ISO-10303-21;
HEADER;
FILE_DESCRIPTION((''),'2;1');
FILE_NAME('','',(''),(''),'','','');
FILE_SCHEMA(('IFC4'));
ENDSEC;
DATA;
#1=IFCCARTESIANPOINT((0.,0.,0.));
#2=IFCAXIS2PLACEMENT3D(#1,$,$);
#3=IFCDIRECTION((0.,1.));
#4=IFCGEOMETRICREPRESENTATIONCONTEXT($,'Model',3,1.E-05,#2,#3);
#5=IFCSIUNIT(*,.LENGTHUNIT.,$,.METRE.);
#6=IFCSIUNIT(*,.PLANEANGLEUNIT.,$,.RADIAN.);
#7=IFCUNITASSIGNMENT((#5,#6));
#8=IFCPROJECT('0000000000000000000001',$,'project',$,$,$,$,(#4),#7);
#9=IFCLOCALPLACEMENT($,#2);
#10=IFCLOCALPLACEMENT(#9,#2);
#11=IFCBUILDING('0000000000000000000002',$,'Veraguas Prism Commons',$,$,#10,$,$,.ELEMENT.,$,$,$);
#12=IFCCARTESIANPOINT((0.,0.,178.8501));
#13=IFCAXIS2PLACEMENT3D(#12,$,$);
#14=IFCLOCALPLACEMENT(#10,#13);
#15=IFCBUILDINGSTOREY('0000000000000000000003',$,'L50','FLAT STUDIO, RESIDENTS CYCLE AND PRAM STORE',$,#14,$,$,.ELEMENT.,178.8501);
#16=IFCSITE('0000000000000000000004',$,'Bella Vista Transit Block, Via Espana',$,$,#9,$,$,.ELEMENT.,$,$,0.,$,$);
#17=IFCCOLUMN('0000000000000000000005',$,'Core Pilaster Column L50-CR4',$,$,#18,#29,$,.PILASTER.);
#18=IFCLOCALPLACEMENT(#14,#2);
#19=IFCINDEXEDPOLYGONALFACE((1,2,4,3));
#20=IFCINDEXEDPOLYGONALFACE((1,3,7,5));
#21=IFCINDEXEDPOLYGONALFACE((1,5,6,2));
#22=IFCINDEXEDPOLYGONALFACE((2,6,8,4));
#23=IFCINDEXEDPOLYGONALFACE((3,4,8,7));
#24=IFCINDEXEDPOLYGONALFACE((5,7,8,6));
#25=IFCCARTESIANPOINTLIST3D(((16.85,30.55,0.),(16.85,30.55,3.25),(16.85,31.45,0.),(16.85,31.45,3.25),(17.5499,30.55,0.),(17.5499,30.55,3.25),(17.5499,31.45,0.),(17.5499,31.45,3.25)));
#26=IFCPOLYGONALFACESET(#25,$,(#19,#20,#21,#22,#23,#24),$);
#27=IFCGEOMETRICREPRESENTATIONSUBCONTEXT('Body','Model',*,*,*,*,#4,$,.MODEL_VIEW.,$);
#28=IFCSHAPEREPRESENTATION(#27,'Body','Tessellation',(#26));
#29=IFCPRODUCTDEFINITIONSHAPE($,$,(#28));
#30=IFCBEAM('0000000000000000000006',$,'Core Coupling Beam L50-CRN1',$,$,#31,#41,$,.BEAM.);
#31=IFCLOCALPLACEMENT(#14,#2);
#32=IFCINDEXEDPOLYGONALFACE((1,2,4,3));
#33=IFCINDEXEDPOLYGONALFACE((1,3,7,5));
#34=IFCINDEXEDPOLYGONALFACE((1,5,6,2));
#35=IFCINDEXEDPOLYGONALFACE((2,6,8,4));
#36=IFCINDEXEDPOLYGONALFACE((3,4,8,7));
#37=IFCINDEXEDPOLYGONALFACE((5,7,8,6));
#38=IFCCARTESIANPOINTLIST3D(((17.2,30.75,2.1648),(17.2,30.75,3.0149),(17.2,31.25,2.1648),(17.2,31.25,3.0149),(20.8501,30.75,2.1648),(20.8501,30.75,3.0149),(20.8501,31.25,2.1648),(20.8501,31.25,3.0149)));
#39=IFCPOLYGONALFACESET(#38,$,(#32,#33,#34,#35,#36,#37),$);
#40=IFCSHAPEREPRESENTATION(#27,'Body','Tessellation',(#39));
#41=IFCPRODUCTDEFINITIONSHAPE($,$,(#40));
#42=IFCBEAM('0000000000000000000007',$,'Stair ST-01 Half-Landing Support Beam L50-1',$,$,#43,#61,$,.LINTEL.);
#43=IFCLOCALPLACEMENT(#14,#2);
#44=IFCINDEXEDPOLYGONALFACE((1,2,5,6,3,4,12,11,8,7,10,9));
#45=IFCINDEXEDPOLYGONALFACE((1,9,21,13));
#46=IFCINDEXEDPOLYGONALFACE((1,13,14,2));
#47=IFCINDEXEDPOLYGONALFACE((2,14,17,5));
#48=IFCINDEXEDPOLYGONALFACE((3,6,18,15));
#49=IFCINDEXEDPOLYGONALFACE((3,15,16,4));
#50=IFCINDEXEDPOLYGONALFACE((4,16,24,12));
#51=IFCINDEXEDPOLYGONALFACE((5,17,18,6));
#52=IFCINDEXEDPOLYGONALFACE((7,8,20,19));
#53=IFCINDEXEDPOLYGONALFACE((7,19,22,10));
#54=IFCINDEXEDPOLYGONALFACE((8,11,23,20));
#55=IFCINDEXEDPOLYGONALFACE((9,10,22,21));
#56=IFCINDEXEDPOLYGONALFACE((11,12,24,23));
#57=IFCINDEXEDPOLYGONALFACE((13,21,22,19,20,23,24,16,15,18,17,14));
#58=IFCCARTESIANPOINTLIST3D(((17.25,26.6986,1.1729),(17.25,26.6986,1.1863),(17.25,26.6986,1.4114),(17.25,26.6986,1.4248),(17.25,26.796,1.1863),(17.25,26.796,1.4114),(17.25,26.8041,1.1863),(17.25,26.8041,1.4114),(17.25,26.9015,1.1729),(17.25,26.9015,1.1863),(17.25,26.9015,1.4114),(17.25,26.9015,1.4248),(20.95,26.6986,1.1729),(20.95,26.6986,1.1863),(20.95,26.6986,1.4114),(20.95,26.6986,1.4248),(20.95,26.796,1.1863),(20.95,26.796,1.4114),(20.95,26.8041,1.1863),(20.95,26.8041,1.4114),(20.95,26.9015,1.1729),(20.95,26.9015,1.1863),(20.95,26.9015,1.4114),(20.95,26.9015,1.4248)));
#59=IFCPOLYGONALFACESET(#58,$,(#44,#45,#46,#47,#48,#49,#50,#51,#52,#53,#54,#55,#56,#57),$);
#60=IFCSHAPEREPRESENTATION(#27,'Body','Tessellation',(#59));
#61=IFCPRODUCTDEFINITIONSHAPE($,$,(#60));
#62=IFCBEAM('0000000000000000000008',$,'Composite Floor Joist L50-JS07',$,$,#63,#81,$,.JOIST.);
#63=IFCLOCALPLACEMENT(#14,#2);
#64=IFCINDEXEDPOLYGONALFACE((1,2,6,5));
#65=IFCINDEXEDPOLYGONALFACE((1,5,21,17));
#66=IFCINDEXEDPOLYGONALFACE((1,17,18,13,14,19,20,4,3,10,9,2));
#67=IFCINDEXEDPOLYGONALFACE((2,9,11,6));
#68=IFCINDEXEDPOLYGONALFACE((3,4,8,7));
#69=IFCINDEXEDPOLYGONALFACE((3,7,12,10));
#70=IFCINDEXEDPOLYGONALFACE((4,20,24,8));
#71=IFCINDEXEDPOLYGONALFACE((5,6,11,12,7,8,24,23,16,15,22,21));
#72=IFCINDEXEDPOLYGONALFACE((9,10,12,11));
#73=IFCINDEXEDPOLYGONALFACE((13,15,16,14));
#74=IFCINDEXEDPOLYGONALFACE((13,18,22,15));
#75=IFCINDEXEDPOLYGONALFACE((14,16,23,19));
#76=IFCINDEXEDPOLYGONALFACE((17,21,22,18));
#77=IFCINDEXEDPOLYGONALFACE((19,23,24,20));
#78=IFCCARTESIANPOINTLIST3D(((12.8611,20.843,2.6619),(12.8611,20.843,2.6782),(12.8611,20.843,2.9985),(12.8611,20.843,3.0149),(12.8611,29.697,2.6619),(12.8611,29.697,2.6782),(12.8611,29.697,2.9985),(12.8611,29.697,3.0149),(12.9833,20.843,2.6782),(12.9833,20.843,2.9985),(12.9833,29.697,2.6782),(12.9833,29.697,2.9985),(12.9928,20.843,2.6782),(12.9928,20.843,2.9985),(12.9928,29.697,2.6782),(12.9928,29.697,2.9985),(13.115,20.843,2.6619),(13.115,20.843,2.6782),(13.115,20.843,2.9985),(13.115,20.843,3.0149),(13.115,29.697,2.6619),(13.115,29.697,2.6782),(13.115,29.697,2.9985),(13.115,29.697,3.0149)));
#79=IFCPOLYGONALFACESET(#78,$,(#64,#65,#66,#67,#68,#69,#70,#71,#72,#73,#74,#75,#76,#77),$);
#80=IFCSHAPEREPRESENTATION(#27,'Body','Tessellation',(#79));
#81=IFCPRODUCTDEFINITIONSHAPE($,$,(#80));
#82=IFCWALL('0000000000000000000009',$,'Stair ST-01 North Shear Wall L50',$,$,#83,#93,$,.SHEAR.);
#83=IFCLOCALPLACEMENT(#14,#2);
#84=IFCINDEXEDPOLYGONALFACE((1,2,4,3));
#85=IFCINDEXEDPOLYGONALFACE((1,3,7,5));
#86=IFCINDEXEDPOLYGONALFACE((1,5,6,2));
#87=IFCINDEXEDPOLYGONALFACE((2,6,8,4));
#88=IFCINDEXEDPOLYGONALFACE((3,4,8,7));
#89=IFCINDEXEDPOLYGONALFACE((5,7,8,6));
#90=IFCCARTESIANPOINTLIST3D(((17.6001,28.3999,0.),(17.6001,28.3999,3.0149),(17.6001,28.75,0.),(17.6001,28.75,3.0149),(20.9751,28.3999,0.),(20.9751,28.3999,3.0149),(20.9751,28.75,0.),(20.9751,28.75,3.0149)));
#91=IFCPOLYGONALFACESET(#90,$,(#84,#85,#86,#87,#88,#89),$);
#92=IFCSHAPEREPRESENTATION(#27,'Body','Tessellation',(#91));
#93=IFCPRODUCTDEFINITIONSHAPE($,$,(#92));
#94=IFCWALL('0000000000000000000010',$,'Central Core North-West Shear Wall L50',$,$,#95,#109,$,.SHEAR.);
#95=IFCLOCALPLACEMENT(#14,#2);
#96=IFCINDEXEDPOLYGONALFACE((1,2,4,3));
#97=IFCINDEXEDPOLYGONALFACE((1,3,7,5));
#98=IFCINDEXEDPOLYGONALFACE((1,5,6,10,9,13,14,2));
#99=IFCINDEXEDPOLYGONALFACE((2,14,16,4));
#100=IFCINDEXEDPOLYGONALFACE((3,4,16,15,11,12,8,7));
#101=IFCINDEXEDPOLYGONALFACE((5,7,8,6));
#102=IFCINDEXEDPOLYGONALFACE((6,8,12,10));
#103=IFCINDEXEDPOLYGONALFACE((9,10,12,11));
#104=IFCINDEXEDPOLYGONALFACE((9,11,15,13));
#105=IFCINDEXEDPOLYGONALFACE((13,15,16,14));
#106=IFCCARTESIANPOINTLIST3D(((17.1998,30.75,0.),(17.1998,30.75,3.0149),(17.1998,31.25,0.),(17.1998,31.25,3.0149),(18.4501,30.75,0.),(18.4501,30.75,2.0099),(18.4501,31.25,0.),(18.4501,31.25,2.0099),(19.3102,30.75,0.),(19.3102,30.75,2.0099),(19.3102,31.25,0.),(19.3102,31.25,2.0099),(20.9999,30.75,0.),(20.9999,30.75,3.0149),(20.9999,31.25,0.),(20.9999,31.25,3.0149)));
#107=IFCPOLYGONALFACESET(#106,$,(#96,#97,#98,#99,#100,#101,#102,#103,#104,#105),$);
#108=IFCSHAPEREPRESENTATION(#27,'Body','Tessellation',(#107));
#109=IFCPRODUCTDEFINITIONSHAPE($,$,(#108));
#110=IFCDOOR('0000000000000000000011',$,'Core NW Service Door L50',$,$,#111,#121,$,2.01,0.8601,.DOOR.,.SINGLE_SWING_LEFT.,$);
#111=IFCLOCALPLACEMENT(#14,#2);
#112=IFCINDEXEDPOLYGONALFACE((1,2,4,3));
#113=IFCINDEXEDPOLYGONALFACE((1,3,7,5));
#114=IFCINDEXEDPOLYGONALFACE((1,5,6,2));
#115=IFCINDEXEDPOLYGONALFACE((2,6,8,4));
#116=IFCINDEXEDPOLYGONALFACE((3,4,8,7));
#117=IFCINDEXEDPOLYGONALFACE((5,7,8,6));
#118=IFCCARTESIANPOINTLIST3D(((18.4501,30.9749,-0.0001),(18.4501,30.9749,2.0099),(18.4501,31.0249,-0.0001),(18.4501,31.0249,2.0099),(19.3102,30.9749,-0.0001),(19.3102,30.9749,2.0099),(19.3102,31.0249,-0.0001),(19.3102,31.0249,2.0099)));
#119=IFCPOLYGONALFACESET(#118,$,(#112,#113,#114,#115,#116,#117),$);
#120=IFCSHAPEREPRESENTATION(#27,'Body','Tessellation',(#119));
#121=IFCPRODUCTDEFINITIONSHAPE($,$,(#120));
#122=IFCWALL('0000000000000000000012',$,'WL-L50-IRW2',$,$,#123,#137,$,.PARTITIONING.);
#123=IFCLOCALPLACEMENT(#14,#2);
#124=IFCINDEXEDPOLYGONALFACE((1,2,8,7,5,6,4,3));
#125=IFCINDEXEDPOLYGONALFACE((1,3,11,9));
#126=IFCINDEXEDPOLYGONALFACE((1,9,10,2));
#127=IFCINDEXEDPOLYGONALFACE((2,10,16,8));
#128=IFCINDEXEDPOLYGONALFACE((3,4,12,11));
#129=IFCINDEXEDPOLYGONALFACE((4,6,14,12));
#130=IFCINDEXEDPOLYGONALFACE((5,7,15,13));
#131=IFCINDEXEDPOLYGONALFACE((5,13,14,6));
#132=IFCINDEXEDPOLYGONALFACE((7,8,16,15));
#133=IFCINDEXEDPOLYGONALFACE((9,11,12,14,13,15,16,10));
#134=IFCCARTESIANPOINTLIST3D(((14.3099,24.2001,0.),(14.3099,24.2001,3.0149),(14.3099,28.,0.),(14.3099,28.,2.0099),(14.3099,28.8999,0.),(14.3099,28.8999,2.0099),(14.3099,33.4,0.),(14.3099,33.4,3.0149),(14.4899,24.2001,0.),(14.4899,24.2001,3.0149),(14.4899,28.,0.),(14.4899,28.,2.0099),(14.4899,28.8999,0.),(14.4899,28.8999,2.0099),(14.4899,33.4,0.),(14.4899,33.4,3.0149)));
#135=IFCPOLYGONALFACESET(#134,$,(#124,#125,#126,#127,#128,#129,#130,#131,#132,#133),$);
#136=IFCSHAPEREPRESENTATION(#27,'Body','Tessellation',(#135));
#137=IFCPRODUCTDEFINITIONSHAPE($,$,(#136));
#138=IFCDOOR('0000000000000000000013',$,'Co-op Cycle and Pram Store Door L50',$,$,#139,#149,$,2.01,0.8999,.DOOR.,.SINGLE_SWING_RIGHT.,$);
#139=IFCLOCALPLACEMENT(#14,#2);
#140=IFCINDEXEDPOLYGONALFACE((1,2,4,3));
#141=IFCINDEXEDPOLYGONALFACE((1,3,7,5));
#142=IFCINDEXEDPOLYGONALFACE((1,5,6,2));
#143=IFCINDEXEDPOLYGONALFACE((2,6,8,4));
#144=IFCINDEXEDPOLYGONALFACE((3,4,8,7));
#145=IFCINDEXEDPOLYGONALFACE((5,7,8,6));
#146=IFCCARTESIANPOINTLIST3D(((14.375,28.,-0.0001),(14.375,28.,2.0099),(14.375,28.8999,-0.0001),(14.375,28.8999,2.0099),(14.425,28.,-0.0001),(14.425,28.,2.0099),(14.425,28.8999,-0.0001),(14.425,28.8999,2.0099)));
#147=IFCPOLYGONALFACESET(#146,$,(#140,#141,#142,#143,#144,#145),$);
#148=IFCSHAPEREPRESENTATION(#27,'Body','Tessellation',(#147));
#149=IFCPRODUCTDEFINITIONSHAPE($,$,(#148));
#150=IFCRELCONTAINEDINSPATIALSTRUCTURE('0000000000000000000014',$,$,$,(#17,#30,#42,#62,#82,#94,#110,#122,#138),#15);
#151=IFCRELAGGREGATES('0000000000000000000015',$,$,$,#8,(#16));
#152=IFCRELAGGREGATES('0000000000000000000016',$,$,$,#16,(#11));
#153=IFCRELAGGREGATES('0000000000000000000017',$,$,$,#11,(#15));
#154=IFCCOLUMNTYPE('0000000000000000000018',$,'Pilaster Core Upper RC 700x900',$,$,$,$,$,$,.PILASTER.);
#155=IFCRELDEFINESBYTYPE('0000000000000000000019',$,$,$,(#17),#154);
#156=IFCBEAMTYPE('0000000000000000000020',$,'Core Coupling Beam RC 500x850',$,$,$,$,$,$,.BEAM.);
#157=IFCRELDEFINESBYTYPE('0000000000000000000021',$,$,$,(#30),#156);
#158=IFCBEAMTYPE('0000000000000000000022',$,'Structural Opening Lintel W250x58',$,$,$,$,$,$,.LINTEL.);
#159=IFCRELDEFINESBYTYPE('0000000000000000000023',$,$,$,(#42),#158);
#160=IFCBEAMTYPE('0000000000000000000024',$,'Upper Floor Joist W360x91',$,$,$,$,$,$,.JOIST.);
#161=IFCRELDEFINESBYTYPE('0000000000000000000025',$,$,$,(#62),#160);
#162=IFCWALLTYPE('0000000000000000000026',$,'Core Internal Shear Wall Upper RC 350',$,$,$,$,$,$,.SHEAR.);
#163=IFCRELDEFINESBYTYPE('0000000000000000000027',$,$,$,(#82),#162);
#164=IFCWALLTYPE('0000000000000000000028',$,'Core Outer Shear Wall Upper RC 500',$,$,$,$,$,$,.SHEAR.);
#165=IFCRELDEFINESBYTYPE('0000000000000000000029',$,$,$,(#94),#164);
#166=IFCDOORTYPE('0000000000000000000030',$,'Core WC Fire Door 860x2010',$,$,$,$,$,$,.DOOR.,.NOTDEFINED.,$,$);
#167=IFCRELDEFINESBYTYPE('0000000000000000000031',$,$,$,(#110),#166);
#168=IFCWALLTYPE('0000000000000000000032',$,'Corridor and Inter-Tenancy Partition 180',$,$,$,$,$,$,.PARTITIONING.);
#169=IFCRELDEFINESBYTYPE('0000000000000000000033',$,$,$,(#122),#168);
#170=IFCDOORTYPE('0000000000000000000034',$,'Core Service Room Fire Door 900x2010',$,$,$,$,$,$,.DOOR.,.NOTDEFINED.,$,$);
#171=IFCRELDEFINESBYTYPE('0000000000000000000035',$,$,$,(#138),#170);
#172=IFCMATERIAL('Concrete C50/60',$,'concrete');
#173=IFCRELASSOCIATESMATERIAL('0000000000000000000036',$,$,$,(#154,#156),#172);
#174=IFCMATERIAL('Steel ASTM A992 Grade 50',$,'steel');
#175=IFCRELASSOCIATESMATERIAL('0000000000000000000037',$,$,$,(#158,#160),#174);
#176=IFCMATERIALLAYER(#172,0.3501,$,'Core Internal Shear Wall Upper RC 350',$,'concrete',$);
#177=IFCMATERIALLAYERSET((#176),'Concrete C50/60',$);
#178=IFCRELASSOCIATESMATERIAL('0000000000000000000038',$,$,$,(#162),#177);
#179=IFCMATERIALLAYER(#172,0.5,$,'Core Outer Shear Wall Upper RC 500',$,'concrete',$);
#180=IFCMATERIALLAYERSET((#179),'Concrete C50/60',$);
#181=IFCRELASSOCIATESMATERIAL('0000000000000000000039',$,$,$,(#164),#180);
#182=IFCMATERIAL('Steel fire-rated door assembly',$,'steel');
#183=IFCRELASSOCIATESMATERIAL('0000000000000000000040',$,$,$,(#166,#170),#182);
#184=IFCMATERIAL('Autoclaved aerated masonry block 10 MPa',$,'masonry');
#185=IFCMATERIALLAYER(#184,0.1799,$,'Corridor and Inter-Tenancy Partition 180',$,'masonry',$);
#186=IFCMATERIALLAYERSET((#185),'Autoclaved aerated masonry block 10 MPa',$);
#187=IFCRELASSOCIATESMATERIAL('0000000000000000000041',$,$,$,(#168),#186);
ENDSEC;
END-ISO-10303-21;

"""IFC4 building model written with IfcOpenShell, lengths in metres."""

from ifc_helpers import new_model, si_unit, direction, frame, frame_2d, origin, origin_2d, place, context, subcontext, project, spatial, rectangle, i_section, extrude, source, transform, mapped, material, layer, layer_set, material_profile, profile_set, type_object, element, fill, save


model = new_model("IFC4")

# Units and contexts
model_context = context("Model", 3, precision=1e-05, world=origin(), true_north=direction((0.0, 1.0)))
body_context = subcontext(model_context, "Body", "Model", "MODEL_VIEW")
ifc_project = project(units=[si_unit("LENGTHUNIT", "METRE"), si_unit("PLANEANGLEUNIT", "RADIAN")], contexts=[model_context])

# Site, building, storey
site_placement = place(None, origin())
site = spatial("IfcSite", under=ifc_project, at=site_placement, Name="Bella Vista Transit Block, Via Espana", CompositionType="ELEMENT", RefElevation=0.0)
building_placement = place(site_placement, origin())
building = spatial("IfcBuilding", under=site, at=building_placement, Name="Veraguas Prism Commons", CompositionType="ELEMENT")
storey_placement = place(building_placement, frame((0.0, 0.0, 178.8501)))
storey = spatial("IfcBuildingStorey", under=building, at=storey_placement, Name="L50", Description="FLAT STUDIO, RESIDENTS CYCLE AND PRAM STORE", CompositionType="ELEMENT", Elevation=178.8501)

# Column
ifc_material_1 = material(Name="Concrete C50/60", Category="concrete")
ifc_material_profile_1 = material_profile(ifc_material_1, rectangle(XDim=0.7, YDim=0.8999, at=origin_2d()), Name="RC700X900")
ifc_profile_set_1 = profile_set([ifc_material_profile_1], Name="Concrete C50/60")
column_type = type_object("IfcColumnType", Name="Pilaster Core Upper RC 700x900", PredefinedType="PILASTER", material=ifc_profile_set_1)
column_placement = place(storey_placement, frame((17.2, 31.0, 0.0), z_axis=(0.0, 0.0, 1.0), x_axis=(1.0, 0.0, 0.0)))
element("IfcColumn", 1, at=column_placement, inside=storey, type_object=column_type, Name="Core Pilaster Column L50-CR4", PredefinedType="PILASTER", context=body_context, shape_type="SweptSolid", body=[
    extrude(rectangle(XDim=0.7, YDim=0.8999, at=origin_2d()), origin(), (0.0, 0.0, 1.0), 3.25),
])

# Beams
ifc_material_profile_2 = material_profile(ifc_material_1, rectangle(XDim=0.5, YDim=0.8501, at=origin_2d()), Name="RC500X850")
ifc_profile_set_2 = profile_set([ifc_material_profile_2], Name="Concrete C50/60")
beam_type_1 = type_object("IfcBeamType", Name="Core Coupling Beam RC 500x850", PredefinedType="BEAM", material=ifc_profile_set_2)
beam_1_placement = place(storey_placement, frame((17.2, 31.0, 2.5898), z_axis=(1.0, 0.0, 0.0), x_axis=(0.0, 1.0, 0.0)))
element("IfcBeam", 2, at=beam_1_placement, inside=storey, type_object=beam_type_1, Name="Core Coupling Beam L50-CRN1", PredefinedType="BEAM", context=body_context, shape_type="SweptSolid", body=[
    extrude(rectangle(XDim=0.5, YDim=0.8501, at=origin_2d()), origin(), (0.0, 0.0, 1.0), 3.6501),
])
ifc_material_2 = material(Name="Steel ASTM A992 Grade 50", Category="steel")
ifc_material_profile_3 = material_profile(ifc_material_2, i_section(OverallWidth=0.2029, OverallDepth=0.252, WebThickness=0.0081, FlangeThickness=0.0134, at=origin_2d()), Name="W250X58")
ifc_profile_set_3 = profile_set([ifc_material_profile_3], Name="Steel ASTM A992 Grade 50")
beam_type_2 = type_object("IfcBeamType", Name="Structural Opening Lintel W250x58", PredefinedType="LINTEL", material=ifc_profile_set_3)
beam_2_placement = place(storey_placement, frame((17.25, 26.8, 1.2988), z_axis=(1.0, 0.0, 0.0), x_axis=(0.0, 1.0, 0.0)))
element("IfcBeam", 3, at=beam_2_placement, inside=storey, type_object=beam_type_2, Name="Stair ST-01 Half-Landing Support Beam L50-1", PredefinedType="LINTEL", context=body_context, shape_type="SweptSolid", body=[
    extrude(i_section(OverallWidth=0.2029, OverallDepth=0.252, WebThickness=0.0081, FlangeThickness=0.0134, at=origin_2d()), origin(), (0.0, 0.0, 1.0), 3.7),
])
ifc_material_profile_4 = material_profile(ifc_material_2, i_section(OverallWidth=0.2539, OverallDepth=0.353, WebThickness=0.0095, FlangeThickness=0.0164, at=origin_2d()), Name="W360X91")
ifc_profile_set_4 = profile_set([ifc_material_profile_4], Name="Steel ASTM A992 Grade 50")
beam_type_3 = type_object("IfcBeamType", Name="Upper Floor Joist W360x91", PredefinedType="JOIST", material=ifc_profile_set_4)
beam_3_placement = place(storey_placement, frame((12.988, 29.697, 2.8384), z_axis=(0.0, -1.0, 0.0), x_axis=(1.0, 0.0, 0.0)))
element("IfcBeam", 4, at=beam_3_placement, inside=storey, type_object=beam_type_3, Name="Composite Floor Joist L50-JS07", PredefinedType="JOIST", context=body_context, shape_type="SweptSolid", body=[
    extrude(i_section(OverallWidth=0.2539, OverallDepth=0.353, WebThickness=0.0095, FlangeThickness=0.0164, at=origin_2d()), origin(), (0.0, 0.0, 1.0), 8.854),
])

# Wall
ifc_layer_1 = layer(ifc_material_1, 0.3501, Name="Core Internal Shear Wall Upper RC 350", Category="concrete")
ifc_layer_set_1 = layer_set([ifc_layer_1], Name="Concrete C50/60")
wall_type_1 = type_object("IfcWallType", Name="Core Internal Shear Wall Upper RC 350", PredefinedType="SHEAR", material=ifc_layer_set_1)
wall_1_placement = place(storey_placement, frame((17.6001, 28.575, 0.0), z_axis=(0.0, 0.0, 1.0), x_axis=(1.0, 0.0, 0.0)))
element("IfcWall", 5, at=wall_1_placement, inside=storey, type_object=wall_type_1, Name="Stair ST-01 North Shear Wall L50", PredefinedType="SHEAR", context=body_context, shape_type="SweptSolid", body=[
    extrude(rectangle(XDim=3.375, YDim=0.3501, at=frame_2d((1.6875, 0.0))), origin(), (0.0, 0.0, 1.0), 3.0149),
])

# Walls, openings, doors
ifc_layer_2 = layer(ifc_material_1, 0.5, Name="Core Outer Shear Wall Upper RC 500", Category="concrete")
ifc_layer_set_2 = layer_set([ifc_layer_2], Name="Concrete C50/60")
wall_type_2 = type_object("IfcWallType", Name="Core Outer Shear Wall Upper RC 500", PredefinedType="SHEAR", material=ifc_layer_set_2)
wall_2_placement = place(storey_placement, frame((17.2, 31.0, 0.0), z_axis=(0.0, 0.0, 1.0), x_axis=(1.0, 0.0, 0.0)))
wall_2 = element("IfcWall", 6, at=wall_2_placement, inside=storey, type_object=wall_type_2, Name="Central Core North-West Shear Wall L50", PredefinedType="SHEAR", context=body_context, shape_type="SweptSolid", body=[
    extrude(rectangle(XDim=3.8, YDim=0.5, at=frame_2d((1.8999, 0.0))), origin(), (0.0, 0.0, 1.0), 3.0149),
])
opening_1_placement = place(wall_2_placement, frame((1.25, 0.0, 0.0)))
opening_1 = element("IfcOpeningElement", 7, at=opening_1_placement, cuts=wall_2, PredefinedType="OPENING", context=body_context, shape_type="SweptSolid", body=[
    extrude(rectangle(XDim=0.8601, YDim=2.01, at=frame_2d((0.4302, 1.0049))), frame((0.0, 0.26, 0.0), z_axis=(0.0, -1.0, 0.0), x_axis=(1.0, 0.0, 0.0)), (0.0, 0.0, 1.0), 0.52),
])
ifc_material_3 = material(Name="Steel fire-rated door assembly", Category="steel")
door_type_1 = type_object("IfcDoorType", Name="Core WC Fire Door 860x2010", OperationType="NOTDEFINED", PredefinedType="DOOR", material=ifc_material_3)
shared_shape_1 = source(origin(), body_context, "Body", "SweptSolid", [
    extrude(rectangle(XDim=0.8601, YDim=2.01, at=frame_2d((0.4302, 1.0049))), frame((0.0, 0.0249, 0.0), z_axis=(0.0, -1.0, 0.0), x_axis=(1.0, 0.0, 0.0)), (0.0, 0.0, 1.0), 0.05),
])
door_1_placement = place(opening_1_placement, origin())
door_1 = element("IfcDoor", 8, at=door_1_placement, inside=storey, type_object=door_type_1, Name="Core NW Service Door L50", OperationType="SINGLE_SWING_LEFT", OverallHeight=2.01, OverallWidth=0.8601, PredefinedType="DOOR", context=body_context, shape_type="MappedRepresentation", body=[
    mapped(shared_shape_1, transform((0.0, 0.0, 0.0), scale=1.0)),
])
fill(opening_1, door_1)
ifc_material_4 = material(Name="Autoclaved aerated masonry block 10 MPa", Category="masonry")
ifc_layer_3 = layer(ifc_material_4, 0.1799, Name="Corridor and Inter-Tenancy Partition 180", Category="masonry")
ifc_layer_set_3 = layer_set([ifc_layer_3], Name="Autoclaved aerated masonry block 10 MPa")
wall_type_3 = type_object("IfcWallType", Name="Corridor and Inter-Tenancy Partition 180", PredefinedType="PARTITIONING", material=ifc_layer_set_3)
wall_3_placement = place(storey_placement, frame((14.3999, 24.2, 0.0), z_axis=(0.0, 0.0, 1.0), x_axis=(0.0, 1.0, 0.0)))
wall_3 = element("IfcWall", 9, at=wall_3_placement, inside=storey, type_object=wall_type_3, Name="WL-L50-IRW2", PredefinedType="PARTITIONING", context=body_context, shape_type="SweptSolid", body=[
    extrude(rectangle(XDim=9.2, YDim=0.1799, at=frame_2d((4.6001, 0.0))), origin(), (0.0, 0.0, 1.0), 3.0149),
])
opening_2_placement = place(wall_3_placement, frame((3.8, 0.0, 0.0)))
opening_2 = element("IfcOpeningElement", 10, at=opening_2_placement, cuts=wall_3, PredefinedType="OPENING", context=body_context, shape_type="SweptSolid", body=[
    extrude(rectangle(XDim=0.8999, YDim=2.01, at=frame_2d((0.45, 1.0049))), frame((0.0, 0.0999, 0.0), z_axis=(0.0, -1.0, 0.0), x_axis=(1.0, 0.0, 0.0)), (0.0, 0.0, 1.0), 0.2),
])
door_type_2 = type_object("IfcDoorType", Name="Core Service Room Fire Door 900x2010", OperationType="NOTDEFINED", PredefinedType="DOOR", material=ifc_material_3)
shared_shape_2 = source(origin(), body_context, "Body", "SweptSolid", [
    extrude(rectangle(XDim=0.8999, YDim=2.01, at=frame_2d((0.45, 1.0049))), frame((0.0, 0.0249, 0.0), z_axis=(0.0, -1.0, 0.0), x_axis=(1.0, 0.0, 0.0)), (0.0, 0.0, 1.0), 0.05),
])
door_2_placement = place(opening_2_placement, origin())
door_2 = element("IfcDoor", 11, at=door_2_placement, inside=storey, type_object=door_type_2, Name="Co-op Cycle and Pram Store Door L50", OperationType="SINGLE_SWING_RIGHT", OverallHeight=2.01, OverallWidth=0.8999, PredefinedType="DOOR", context=body_context, shape_type="MappedRepresentation", body=[
    mapped(shared_shape_2, transform((0.0, 0.0, 0.0), scale=1.0)),
])
fill(opening_2, door_2)

save(model, "model.ifc")
